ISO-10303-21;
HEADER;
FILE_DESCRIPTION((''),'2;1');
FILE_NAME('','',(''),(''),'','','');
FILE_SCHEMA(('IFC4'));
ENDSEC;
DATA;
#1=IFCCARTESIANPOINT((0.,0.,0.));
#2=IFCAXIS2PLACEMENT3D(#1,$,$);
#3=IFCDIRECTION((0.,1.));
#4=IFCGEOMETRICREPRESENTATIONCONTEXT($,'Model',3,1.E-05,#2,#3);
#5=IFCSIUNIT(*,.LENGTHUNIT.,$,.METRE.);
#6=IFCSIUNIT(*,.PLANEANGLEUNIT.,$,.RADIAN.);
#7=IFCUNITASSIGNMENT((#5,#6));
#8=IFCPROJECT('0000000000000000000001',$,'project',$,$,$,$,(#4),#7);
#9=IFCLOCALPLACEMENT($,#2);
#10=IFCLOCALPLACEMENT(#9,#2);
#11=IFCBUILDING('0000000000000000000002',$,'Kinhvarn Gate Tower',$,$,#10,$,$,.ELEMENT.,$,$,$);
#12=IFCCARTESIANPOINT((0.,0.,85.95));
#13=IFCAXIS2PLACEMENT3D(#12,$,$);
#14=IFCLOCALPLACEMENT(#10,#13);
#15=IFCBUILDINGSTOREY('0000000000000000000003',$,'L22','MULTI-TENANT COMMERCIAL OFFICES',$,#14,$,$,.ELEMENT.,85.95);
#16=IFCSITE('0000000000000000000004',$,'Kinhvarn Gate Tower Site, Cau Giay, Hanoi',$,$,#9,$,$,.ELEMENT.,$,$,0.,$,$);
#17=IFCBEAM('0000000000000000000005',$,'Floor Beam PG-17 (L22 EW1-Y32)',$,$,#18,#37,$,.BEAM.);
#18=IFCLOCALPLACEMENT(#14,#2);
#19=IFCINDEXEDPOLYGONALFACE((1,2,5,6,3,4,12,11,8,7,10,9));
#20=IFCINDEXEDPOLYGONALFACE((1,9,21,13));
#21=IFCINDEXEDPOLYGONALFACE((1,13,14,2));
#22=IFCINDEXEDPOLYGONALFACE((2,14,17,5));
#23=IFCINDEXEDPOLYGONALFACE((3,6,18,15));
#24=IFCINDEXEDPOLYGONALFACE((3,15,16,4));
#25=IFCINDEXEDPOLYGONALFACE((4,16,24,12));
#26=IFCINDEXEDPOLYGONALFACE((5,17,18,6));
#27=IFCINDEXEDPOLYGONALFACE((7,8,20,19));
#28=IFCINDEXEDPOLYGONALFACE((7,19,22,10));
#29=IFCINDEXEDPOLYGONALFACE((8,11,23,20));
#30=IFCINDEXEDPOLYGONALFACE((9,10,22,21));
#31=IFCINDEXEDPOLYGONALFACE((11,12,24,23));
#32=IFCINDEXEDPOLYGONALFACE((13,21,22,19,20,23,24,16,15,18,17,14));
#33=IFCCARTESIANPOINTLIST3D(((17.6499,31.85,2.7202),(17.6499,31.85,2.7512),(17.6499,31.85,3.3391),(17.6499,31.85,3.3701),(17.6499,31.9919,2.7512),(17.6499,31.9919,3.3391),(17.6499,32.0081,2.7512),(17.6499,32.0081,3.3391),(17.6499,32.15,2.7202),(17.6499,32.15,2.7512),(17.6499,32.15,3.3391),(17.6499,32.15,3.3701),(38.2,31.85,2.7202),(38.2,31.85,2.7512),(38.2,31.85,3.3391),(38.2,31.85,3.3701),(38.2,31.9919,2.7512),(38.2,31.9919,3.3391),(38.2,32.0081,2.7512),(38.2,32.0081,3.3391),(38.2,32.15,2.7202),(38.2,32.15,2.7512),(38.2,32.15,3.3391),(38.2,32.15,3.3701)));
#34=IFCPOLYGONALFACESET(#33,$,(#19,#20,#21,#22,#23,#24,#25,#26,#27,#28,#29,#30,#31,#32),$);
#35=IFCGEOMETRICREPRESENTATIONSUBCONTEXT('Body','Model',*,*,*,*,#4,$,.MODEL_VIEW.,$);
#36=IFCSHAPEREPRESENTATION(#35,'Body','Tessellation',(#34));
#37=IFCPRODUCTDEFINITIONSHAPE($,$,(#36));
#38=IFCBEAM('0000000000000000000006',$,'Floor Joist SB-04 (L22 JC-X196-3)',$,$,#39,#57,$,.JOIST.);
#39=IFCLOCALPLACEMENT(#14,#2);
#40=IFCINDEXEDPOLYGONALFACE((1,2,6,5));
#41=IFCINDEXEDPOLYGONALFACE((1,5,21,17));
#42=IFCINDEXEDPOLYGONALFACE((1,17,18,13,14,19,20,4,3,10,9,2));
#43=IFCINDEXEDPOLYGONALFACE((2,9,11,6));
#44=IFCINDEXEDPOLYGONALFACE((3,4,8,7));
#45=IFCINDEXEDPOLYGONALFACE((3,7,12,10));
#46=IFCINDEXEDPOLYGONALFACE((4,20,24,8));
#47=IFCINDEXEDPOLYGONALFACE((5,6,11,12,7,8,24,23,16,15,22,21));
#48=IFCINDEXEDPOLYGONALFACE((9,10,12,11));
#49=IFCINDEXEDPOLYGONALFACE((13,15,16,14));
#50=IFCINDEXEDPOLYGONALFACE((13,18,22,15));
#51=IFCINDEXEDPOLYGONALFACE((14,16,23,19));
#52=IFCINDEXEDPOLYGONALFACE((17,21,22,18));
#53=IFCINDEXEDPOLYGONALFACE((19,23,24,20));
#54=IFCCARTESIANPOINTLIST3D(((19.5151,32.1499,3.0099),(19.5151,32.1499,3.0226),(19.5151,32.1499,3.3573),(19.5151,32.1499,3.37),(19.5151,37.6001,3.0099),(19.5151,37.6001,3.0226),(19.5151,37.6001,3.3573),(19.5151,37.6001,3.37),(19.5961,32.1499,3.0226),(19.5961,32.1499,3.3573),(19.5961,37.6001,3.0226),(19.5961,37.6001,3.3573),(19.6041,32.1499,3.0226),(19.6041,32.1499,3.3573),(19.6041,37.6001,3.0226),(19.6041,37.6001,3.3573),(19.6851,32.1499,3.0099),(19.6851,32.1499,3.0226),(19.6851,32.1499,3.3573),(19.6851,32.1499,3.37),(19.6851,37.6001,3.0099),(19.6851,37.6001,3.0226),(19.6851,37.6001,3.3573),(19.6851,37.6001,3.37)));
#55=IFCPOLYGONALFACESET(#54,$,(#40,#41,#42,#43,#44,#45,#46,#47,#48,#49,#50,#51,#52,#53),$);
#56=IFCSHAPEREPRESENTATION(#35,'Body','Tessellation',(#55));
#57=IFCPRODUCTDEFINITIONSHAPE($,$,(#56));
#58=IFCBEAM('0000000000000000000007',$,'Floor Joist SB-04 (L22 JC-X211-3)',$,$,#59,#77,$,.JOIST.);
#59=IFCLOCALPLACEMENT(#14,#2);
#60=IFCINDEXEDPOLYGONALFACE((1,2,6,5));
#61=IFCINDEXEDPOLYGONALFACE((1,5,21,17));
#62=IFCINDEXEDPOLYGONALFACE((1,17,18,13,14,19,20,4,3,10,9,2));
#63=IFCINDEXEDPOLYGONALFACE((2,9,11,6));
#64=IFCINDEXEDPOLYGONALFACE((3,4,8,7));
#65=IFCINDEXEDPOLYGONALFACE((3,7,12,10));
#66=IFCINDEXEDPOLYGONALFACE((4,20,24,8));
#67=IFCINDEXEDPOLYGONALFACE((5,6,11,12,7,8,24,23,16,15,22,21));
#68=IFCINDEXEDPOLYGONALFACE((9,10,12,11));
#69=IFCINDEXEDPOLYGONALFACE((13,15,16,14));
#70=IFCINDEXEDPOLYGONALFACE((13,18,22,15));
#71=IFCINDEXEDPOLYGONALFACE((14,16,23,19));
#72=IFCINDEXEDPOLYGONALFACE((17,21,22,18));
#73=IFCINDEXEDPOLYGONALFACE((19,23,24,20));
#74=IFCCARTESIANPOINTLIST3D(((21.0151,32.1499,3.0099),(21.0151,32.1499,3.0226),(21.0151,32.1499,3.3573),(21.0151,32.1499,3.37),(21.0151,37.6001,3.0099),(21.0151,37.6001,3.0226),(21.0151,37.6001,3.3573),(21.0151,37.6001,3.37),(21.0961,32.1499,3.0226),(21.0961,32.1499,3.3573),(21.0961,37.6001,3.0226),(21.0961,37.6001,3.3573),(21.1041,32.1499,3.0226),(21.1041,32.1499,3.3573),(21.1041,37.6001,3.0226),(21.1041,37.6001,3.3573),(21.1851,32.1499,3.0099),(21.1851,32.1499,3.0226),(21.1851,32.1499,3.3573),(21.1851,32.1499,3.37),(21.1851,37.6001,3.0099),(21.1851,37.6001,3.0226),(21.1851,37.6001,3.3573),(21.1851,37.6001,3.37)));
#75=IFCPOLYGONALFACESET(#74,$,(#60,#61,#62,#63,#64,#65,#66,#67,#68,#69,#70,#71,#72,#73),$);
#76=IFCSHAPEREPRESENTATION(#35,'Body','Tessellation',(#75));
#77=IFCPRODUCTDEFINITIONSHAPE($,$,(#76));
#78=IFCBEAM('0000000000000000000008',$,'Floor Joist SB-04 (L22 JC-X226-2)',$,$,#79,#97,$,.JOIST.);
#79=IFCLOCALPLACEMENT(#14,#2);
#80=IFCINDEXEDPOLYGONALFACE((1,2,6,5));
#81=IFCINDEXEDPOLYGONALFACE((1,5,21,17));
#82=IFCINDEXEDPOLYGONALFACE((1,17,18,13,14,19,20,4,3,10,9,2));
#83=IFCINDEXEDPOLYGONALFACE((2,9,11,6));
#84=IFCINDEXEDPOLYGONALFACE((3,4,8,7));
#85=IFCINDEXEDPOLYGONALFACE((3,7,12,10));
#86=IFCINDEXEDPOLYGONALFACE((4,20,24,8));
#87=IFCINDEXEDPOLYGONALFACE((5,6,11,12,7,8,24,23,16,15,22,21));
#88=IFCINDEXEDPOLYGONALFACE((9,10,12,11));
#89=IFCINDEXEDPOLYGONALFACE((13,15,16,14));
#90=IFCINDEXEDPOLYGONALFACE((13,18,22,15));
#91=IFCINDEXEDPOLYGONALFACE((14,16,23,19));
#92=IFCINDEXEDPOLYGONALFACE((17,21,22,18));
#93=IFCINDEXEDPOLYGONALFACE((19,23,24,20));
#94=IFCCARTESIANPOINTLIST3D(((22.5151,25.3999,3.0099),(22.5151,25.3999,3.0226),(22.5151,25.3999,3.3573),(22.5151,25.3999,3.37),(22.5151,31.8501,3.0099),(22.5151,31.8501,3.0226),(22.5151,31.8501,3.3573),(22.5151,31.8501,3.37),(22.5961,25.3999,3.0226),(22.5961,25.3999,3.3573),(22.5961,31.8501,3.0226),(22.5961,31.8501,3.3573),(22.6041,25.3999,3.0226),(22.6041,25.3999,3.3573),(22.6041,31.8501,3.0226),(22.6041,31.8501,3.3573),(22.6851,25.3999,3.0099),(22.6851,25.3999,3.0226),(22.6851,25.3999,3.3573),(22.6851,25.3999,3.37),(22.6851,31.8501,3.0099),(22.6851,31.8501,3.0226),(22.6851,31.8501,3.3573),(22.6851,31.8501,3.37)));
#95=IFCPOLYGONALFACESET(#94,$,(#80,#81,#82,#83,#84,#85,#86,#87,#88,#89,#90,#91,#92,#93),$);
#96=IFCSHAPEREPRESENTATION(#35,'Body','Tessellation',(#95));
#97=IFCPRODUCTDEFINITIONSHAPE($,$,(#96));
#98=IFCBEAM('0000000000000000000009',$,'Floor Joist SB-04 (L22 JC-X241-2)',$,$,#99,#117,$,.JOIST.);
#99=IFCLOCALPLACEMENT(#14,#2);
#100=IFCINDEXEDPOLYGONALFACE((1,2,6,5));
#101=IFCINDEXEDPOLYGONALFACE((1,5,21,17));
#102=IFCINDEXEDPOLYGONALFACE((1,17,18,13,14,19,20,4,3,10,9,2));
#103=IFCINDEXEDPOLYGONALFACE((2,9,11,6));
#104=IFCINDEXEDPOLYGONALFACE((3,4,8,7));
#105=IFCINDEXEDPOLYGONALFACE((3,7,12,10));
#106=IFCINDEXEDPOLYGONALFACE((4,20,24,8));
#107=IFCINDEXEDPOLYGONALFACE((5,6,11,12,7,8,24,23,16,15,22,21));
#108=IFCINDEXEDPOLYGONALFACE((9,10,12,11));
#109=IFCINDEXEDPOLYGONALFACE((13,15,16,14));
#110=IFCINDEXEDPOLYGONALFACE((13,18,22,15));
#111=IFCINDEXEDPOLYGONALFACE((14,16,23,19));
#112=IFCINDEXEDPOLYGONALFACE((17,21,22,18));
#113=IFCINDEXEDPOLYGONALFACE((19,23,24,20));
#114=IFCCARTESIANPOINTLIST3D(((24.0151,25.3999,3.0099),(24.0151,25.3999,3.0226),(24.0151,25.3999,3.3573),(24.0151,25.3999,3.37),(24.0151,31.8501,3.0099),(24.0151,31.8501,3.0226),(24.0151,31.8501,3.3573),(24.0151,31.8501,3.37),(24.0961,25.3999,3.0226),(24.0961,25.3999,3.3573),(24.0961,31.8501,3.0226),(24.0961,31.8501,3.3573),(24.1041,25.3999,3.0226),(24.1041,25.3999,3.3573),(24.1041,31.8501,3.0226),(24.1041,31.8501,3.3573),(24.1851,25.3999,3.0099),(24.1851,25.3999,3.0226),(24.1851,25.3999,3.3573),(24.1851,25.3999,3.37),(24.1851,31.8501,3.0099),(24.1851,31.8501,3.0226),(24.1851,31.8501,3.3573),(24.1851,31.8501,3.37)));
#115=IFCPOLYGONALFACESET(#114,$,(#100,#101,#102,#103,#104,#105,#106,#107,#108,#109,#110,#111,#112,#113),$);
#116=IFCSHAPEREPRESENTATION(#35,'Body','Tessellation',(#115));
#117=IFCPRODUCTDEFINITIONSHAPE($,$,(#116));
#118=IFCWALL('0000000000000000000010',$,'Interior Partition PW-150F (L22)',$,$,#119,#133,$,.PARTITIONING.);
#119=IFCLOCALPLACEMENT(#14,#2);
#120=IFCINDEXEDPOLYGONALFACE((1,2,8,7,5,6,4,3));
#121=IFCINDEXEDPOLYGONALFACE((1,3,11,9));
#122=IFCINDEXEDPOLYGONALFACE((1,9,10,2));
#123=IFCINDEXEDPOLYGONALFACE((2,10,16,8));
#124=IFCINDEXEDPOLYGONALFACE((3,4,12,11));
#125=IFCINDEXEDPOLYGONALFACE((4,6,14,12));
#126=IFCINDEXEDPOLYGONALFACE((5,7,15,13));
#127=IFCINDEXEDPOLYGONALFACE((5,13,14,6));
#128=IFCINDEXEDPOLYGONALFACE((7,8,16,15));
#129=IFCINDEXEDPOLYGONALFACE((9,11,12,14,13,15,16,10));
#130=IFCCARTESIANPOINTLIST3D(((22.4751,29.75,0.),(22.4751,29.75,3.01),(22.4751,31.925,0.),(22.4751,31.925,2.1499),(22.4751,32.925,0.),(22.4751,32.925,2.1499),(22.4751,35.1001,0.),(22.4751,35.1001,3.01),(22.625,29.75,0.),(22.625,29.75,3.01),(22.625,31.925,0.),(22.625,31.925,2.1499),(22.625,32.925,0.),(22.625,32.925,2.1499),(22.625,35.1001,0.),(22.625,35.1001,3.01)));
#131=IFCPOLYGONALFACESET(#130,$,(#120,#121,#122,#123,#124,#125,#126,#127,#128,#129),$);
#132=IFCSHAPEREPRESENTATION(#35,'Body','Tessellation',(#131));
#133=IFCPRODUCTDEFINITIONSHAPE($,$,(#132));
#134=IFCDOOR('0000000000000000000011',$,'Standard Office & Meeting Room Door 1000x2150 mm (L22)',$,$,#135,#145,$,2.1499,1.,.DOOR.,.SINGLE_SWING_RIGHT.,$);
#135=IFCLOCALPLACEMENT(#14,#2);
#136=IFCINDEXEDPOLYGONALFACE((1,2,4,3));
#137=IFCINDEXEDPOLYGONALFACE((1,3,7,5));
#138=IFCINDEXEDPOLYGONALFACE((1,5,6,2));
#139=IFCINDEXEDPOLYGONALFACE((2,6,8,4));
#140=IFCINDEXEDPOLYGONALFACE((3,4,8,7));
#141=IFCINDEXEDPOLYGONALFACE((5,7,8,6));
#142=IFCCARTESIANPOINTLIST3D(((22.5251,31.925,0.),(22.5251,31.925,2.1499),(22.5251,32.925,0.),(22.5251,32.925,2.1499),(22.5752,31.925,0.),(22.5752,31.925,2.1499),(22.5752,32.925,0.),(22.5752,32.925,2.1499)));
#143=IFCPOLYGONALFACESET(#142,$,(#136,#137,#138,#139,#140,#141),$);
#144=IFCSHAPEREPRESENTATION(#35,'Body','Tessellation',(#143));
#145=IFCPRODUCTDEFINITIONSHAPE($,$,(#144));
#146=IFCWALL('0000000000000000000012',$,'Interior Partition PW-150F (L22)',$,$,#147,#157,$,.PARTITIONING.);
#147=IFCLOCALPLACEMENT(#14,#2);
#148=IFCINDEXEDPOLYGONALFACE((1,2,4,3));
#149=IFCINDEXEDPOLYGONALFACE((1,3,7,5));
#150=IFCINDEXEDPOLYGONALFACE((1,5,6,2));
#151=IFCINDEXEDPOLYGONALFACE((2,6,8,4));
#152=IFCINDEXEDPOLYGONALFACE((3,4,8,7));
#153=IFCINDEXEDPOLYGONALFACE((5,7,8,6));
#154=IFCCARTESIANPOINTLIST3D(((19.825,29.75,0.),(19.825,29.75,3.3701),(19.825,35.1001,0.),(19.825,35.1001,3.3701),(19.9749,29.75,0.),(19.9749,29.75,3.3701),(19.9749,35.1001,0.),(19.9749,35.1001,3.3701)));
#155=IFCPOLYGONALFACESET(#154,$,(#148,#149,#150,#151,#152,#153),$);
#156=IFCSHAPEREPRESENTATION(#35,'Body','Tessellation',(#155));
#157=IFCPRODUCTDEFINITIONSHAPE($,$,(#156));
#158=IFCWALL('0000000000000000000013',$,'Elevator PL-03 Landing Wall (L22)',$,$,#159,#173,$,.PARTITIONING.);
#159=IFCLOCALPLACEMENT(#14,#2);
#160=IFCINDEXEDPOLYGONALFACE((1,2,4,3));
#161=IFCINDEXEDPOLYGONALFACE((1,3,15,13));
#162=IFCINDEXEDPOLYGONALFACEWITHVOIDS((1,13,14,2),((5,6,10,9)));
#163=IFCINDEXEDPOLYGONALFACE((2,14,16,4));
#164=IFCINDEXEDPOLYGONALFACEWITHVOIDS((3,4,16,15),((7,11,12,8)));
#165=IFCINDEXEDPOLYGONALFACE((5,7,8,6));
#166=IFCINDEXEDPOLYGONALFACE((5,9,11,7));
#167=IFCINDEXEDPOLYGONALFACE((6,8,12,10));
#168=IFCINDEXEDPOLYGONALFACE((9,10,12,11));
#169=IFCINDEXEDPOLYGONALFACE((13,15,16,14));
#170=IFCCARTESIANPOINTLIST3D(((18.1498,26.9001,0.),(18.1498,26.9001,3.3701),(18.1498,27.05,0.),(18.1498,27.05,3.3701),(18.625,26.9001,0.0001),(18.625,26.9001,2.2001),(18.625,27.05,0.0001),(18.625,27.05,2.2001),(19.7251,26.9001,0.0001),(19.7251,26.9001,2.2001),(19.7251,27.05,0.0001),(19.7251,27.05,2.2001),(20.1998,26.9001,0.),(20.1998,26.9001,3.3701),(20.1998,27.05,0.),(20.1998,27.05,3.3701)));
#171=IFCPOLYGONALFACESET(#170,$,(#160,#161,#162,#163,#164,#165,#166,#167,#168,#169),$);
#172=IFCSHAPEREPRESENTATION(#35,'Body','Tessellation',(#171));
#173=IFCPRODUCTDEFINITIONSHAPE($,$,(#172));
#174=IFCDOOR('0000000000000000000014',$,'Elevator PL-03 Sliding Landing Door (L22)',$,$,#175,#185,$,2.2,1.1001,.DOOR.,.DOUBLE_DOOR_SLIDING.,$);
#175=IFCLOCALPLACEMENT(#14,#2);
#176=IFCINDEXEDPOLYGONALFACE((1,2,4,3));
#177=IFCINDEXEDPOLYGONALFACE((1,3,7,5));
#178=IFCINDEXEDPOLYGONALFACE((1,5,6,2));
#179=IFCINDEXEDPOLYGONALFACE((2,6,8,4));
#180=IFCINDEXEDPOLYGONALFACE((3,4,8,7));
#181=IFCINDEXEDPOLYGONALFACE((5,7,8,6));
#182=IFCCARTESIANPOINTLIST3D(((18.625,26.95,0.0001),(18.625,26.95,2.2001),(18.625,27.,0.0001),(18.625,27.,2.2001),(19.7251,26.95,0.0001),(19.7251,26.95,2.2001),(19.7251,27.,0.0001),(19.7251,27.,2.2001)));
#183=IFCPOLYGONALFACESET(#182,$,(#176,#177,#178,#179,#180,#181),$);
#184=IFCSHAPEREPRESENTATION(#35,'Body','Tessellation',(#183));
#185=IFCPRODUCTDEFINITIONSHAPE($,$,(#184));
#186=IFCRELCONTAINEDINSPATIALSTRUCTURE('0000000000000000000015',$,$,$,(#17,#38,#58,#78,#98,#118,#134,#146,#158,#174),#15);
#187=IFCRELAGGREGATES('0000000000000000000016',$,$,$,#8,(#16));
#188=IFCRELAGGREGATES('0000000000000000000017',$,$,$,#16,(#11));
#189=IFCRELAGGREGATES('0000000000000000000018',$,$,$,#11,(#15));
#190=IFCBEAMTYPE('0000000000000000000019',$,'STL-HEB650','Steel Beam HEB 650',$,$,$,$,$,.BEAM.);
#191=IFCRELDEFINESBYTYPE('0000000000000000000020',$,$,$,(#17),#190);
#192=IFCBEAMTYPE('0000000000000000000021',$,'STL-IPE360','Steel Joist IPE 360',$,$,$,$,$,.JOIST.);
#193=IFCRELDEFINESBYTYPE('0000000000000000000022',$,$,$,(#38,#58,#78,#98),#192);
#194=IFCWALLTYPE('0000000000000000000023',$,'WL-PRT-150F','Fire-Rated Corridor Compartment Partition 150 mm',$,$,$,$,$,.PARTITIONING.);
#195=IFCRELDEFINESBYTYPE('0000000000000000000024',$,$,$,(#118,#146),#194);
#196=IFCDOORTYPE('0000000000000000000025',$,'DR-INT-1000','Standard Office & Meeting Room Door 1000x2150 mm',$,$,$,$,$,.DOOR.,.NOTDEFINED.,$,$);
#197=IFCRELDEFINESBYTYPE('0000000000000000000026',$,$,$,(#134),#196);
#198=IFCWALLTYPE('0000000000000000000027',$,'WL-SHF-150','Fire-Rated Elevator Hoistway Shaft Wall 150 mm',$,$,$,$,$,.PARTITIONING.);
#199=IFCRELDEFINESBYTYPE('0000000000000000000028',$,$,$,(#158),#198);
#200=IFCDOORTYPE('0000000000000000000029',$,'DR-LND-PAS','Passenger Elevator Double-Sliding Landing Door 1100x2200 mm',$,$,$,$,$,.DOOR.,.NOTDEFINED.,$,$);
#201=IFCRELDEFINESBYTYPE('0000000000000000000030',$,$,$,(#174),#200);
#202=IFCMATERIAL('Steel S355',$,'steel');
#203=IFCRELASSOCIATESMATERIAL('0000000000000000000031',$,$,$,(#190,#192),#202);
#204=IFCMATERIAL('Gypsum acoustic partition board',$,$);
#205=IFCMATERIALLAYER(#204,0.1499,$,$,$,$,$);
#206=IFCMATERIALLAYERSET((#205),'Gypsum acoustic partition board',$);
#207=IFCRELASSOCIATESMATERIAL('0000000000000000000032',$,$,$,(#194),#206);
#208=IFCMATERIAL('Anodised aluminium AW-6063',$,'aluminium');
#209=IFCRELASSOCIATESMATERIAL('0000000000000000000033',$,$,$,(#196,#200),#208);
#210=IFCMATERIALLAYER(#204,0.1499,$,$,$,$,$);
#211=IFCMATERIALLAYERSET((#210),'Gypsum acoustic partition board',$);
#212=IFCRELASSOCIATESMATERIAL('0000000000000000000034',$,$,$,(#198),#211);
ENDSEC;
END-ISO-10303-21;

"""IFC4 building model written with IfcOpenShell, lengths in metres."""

from ifc_helpers import new_model, si_unit, direction, frame, frame_2d, origin, origin_2d, place, context, subcontext, project, spatial, rectangle, i_section, extrude, material, layer, layer_set, material_profile, profile_set, type_object, element, fill, save


model = new_model("IFC4")

# Units and contexts
model_context = context("Model", 3, precision=1e-05, world=origin(), true_north=direction((0.0, 1.0)))
body_context = subcontext(model_context, "Body", "Model", "MODEL_VIEW")
ifc_project = project(units=[si_unit("LENGTHUNIT", "METRE"), si_unit("PLANEANGLEUNIT", "RADIAN")], contexts=[model_context])

# Site, building, storey
site_placement = place(None, origin())
site = spatial("IfcSite", under=ifc_project, at=site_placement, Name="Kinhvarn Gate Tower Site, Cau Giay, Hanoi", CompositionType="ELEMENT", RefElevation=0.0)
building_placement = place(site_placement, origin())
building = spatial("IfcBuilding", under=site, at=building_placement, Name="Kinhvarn Gate Tower", CompositionType="ELEMENT")
storey_placement = place(building_placement, frame((0.0, 0.0, 85.95)))
storey = spatial("IfcBuildingStorey", under=building, at=storey_placement, Name="L22", Description="MULTI-TENANT COMMERCIAL OFFICES", CompositionType="ELEMENT", Elevation=85.95)

# Beams
ifc_material_1 = material(Name="Steel S355", Category="steel")
ifc_material_profile_1 = material_profile(ifc_material_1, i_section(OverallWidth=0.3, OverallDepth=0.6499, WebThickness=0.0161, FlangeThickness=0.031, at=origin_2d()), Name="HEB 650")
ifc_profile_set_1 = profile_set([ifc_material_profile_1], Name="Steel S355")
beam_type_1 = type_object("IfcBeamType", Name="STL-HEB650", Description="Steel Beam HEB 650", PredefinedType="BEAM", material=ifc_profile_set_1)
beam_placement = place(storey_placement, frame((17.6499, 32.0, 3.0452), z_axis=(1.0, 0.0, 0.0), x_axis=(0.0, 1.0, 0.0)))
element("IfcBeam", 1, at=beam_placement, inside=storey, type_object=beam_type_1, Name="Floor Beam PG-17 (L22 EW1-Y32)", PredefinedType="BEAM", context=body_context, shape_type="SweptSolid", body=[
    extrude(i_section(OverallWidth=0.3, OverallDepth=0.6499, WebThickness=0.0161, FlangeThickness=0.031, at=origin_2d()), origin(), (0.0, 0.0, 1.0), 20.55),
])
ifc_material_profile_2 = material_profile(ifc_material_1, i_section(OverallWidth=0.1699, OverallDepth=0.3601, WebThickness=0.0081, FlangeThickness=0.0127, at=origin_2d()), Name="IPE 360")
ifc_profile_set_2 = profile_set([ifc_material_profile_2], Name="Steel S355")
beam_type_2 = type_object("IfcBeamType", Name="STL-IPE360", Description="Steel Joist IPE 360", PredefinedType="JOIST", material=ifc_profile_set_2)
for number, where, z_axis, x_axis, name in (
    (2, (19.6001, 32.1499, 3.1899), (0.0, 1.0, 0.0), (-1.0, 0.0, 0.0), "Floor Joist SB-04 (L22 JC-X196-3)"),
    (3, (21.1001, 32.1499, 3.1899), (0.0, 1.0, 0.0), (-1.0, 0.0, 0.0), "Floor Joist SB-04 (L22 JC-X211-3)"),
):
    element("IfcBeam", number, at=place(storey_placement, frame(where, z_axis=z_axis, x_axis=x_axis)), inside=storey, type_object=beam_type_2, Name=name, PredefinedType="JOIST", context=body_context, shape_type="SweptSolid", body=[
        extrude(i_section(OverallWidth=0.1699, OverallDepth=0.3601, WebThickness=0.0081, FlangeThickness=0.0127, at=origin_2d()), origin(), (0.0, 0.0, 1.0), 5.4502),
    ])
for number, where, z_axis, x_axis, name in (
    (4, (22.6001, 25.3999, 3.1899), (0.0, 1.0, 0.0), (-1.0, 0.0, 0.0), "Floor Joist SB-04 (L22 JC-X226-2)"),
    (5, (24.1001, 25.3999, 3.1899), (0.0, 1.0, 0.0), (-1.0, 0.0, 0.0), "Floor Joist SB-04 (L22 JC-X241-2)"),
):
    element("IfcBeam", number, at=place(storey_placement, frame(where, z_axis=z_axis, x_axis=x_axis)), inside=storey, type_object=beam_type_2, Name=name, PredefinedType="JOIST", context=body_context, shape_type="SweptSolid", body=[
        extrude(i_section(OverallWidth=0.1699, OverallDepth=0.3601, WebThickness=0.0081, FlangeThickness=0.0127, at=origin_2d()), origin(), (0.0, 0.0, 1.0), 6.4502),
    ])

# Wall, opening, door
ifc_material_2 = material(Name="Gypsum acoustic partition board")
ifc_layer_1 = layer(ifc_material_2, 0.1499)
ifc_layer_set_1 = layer_set([ifc_layer_1], Name="Gypsum acoustic partition board")
wall_type_1 = type_object("IfcWallType", Name="WL-PRT-150F", Description="Fire-Rated Corridor Compartment Partition 150 mm", PredefinedType="PARTITIONING", material=ifc_layer_set_1)
wall_1_placement = place(storey_placement, frame((22.55, 29.75, 0.0), z_axis=(0.0, 0.0, 1.0), x_axis=(0.0, 1.0, 0.0)))
wall_1 = element("IfcWall", 6, at=wall_1_placement, inside=storey, type_object=wall_type_1, Name="Interior Partition PW-150F (L22)", PredefinedType="PARTITIONING", context=body_context, shape_type="SweptSolid", body=[
    extrude(rectangle(XDim=5.3501, YDim=0.1499, at=frame_2d((2.675, 0.0))), origin(), (0.0, 0.0, 1.0), 3.01),
])
opening_1_placement = place(wall_1_placement, frame((2.175, 0.0, 0.0)))
opening_1 = element("IfcOpeningElement", 7, at=opening_1_placement, cuts=wall_1, PredefinedType="OPENING", context=body_context, shape_type="SweptSolid", body=[
    extrude(rectangle(XDim=1.0, YDim=2.1499, at=frame_2d((0.5, 1.075))), frame((0.0, 0.085, 0.0), z_axis=(0.0, -1.0, 0.0), x_axis=(1.0, 0.0, 0.0)), (0.0, 0.0, 1.0), 0.1699),
])
ifc_material_3 = material(Name="Anodised aluminium AW-6063", Category="aluminium")
door_type_1 = type_object("IfcDoorType", Name="DR-INT-1000", Description="Standard Office & Meeting Room Door 1000x2150 mm", OperationType="NOTDEFINED", PredefinedType="DOOR", material=ifc_material_3)
door_1_placement = place(opening_1_placement, origin())
door_1 = element("IfcDoor", 8, at=door_1_placement, inside=storey, type_object=door_type_1, Name="Standard Office & Meeting Room Door 1000x2150 mm (L22)", OperationType="SINGLE_SWING_RIGHT", OverallHeight=2.1499, OverallWidth=1.0, PredefinedType="DOOR", context=body_context, shape_type="SweptSolid", body=[
    extrude(rectangle(XDim=1.0, YDim=2.1499, at=frame_2d((0.5, 1.075))), frame((0.0, 0.0249, 0.0), z_axis=(0.0, -1.0, 0.0), x_axis=(1.0, 0.0, 0.0)), (0.0, 0.0, 1.0), 0.05),
])
fill(opening_1, door_1)

# Wall
wall_2_placement = place(storey_placement, frame((19.8999, 29.75, 0.0), z_axis=(0.0, 0.0, 1.0), x_axis=(0.0, 1.0, 0.0)))
element("IfcWall", 9, at=wall_2_placement, inside=storey, type_object=wall_type_1, Name="Interior Partition PW-150F (L22)", PredefinedType="PARTITIONING", context=body_context, shape_type="SweptSolid", body=[
    extrude(rectangle(XDim=5.3501, YDim=0.1499, at=frame_2d((2.675, 0.0))), origin(), (0.0, 0.0, 1.0), 3.3701),
])

# Wall, opening, door
ifc_layer_2 = layer(ifc_material_2, 0.1499)
ifc_layer_set_2 = layer_set([ifc_layer_2], Name="Gypsum acoustic partition board")
wall_type_2 = type_object("IfcWallType", Name="WL-SHF-150", Description="Fire-Rated Elevator Hoistway Shaft Wall 150 mm", PredefinedType="PARTITIONING", material=ifc_layer_set_2)
wall_3_placement = place(storey_placement, frame((18.1499, 26.9751, 0.0), z_axis=(0.0, 0.0, 1.0), x_axis=(1.0, 0.0, 0.0)))
wall_3 = element("IfcWall", 10, at=wall_3_placement, inside=storey, type_object=wall_type_2, Name="Elevator PL-03 Landing Wall (L22)", PredefinedType="PARTITIONING", context=body_context, shape_type="SweptSolid", body=[
    extrude(rectangle(XDim=2.05, YDim=0.1499, at=frame_2d((1.0249, 0.0))), origin(), (0.0, 0.0, 1.0), 3.3701),
])
opening_2_placement = place(wall_3_placement, frame((0.4751, 0.0, 0.0)))
opening_2 = element("IfcOpeningElement", 11, at=opening_2_placement, cuts=wall_3, PredefinedType="OPENING", context=body_context, shape_type="SweptSolid", body=[
    extrude(rectangle(XDim=1.1001, YDim=2.2, at=frame_2d((0.55, 1.1001))), frame((0.0, 0.085, 0.0), z_axis=(0.0, -1.0, 0.0), x_axis=(1.0, 0.0, 0.0)), (0.0, 0.0, 1.0), 0.1699),
])
door_type_2 = type_object("IfcDoorType", Name="DR-LND-PAS", Description="Passenger Elevator Double-Sliding Landing Door 1100x2200 mm", OperationType="NOTDEFINED", PredefinedType="DOOR", material=ifc_material_3)
door_2_placement = place(opening_2_placement, origin())
door_2 = element("IfcDoor", 12, at=door_2_placement, inside=storey, type_object=door_type_2, Name="Elevator PL-03 Sliding Landing Door (L22)", OperationType="DOUBLE_DOOR_SLIDING", OverallHeight=2.2, OverallWidth=1.1001, PredefinedType="DOOR", context=body_context, shape_type="SweptSolid", body=[
    extrude(rectangle(XDim=1.1001, YDim=2.2, at=frame_2d((0.55, 1.1001))), frame((0.0, 0.0249, 0.0), z_axis=(0.0, -1.0, 0.0), x_axis=(1.0, 0.0, 0.0)), (0.0, 0.0, 1.0), 0.05),
])
fill(opening_2, door_2)

save(model, "model.ifc")
